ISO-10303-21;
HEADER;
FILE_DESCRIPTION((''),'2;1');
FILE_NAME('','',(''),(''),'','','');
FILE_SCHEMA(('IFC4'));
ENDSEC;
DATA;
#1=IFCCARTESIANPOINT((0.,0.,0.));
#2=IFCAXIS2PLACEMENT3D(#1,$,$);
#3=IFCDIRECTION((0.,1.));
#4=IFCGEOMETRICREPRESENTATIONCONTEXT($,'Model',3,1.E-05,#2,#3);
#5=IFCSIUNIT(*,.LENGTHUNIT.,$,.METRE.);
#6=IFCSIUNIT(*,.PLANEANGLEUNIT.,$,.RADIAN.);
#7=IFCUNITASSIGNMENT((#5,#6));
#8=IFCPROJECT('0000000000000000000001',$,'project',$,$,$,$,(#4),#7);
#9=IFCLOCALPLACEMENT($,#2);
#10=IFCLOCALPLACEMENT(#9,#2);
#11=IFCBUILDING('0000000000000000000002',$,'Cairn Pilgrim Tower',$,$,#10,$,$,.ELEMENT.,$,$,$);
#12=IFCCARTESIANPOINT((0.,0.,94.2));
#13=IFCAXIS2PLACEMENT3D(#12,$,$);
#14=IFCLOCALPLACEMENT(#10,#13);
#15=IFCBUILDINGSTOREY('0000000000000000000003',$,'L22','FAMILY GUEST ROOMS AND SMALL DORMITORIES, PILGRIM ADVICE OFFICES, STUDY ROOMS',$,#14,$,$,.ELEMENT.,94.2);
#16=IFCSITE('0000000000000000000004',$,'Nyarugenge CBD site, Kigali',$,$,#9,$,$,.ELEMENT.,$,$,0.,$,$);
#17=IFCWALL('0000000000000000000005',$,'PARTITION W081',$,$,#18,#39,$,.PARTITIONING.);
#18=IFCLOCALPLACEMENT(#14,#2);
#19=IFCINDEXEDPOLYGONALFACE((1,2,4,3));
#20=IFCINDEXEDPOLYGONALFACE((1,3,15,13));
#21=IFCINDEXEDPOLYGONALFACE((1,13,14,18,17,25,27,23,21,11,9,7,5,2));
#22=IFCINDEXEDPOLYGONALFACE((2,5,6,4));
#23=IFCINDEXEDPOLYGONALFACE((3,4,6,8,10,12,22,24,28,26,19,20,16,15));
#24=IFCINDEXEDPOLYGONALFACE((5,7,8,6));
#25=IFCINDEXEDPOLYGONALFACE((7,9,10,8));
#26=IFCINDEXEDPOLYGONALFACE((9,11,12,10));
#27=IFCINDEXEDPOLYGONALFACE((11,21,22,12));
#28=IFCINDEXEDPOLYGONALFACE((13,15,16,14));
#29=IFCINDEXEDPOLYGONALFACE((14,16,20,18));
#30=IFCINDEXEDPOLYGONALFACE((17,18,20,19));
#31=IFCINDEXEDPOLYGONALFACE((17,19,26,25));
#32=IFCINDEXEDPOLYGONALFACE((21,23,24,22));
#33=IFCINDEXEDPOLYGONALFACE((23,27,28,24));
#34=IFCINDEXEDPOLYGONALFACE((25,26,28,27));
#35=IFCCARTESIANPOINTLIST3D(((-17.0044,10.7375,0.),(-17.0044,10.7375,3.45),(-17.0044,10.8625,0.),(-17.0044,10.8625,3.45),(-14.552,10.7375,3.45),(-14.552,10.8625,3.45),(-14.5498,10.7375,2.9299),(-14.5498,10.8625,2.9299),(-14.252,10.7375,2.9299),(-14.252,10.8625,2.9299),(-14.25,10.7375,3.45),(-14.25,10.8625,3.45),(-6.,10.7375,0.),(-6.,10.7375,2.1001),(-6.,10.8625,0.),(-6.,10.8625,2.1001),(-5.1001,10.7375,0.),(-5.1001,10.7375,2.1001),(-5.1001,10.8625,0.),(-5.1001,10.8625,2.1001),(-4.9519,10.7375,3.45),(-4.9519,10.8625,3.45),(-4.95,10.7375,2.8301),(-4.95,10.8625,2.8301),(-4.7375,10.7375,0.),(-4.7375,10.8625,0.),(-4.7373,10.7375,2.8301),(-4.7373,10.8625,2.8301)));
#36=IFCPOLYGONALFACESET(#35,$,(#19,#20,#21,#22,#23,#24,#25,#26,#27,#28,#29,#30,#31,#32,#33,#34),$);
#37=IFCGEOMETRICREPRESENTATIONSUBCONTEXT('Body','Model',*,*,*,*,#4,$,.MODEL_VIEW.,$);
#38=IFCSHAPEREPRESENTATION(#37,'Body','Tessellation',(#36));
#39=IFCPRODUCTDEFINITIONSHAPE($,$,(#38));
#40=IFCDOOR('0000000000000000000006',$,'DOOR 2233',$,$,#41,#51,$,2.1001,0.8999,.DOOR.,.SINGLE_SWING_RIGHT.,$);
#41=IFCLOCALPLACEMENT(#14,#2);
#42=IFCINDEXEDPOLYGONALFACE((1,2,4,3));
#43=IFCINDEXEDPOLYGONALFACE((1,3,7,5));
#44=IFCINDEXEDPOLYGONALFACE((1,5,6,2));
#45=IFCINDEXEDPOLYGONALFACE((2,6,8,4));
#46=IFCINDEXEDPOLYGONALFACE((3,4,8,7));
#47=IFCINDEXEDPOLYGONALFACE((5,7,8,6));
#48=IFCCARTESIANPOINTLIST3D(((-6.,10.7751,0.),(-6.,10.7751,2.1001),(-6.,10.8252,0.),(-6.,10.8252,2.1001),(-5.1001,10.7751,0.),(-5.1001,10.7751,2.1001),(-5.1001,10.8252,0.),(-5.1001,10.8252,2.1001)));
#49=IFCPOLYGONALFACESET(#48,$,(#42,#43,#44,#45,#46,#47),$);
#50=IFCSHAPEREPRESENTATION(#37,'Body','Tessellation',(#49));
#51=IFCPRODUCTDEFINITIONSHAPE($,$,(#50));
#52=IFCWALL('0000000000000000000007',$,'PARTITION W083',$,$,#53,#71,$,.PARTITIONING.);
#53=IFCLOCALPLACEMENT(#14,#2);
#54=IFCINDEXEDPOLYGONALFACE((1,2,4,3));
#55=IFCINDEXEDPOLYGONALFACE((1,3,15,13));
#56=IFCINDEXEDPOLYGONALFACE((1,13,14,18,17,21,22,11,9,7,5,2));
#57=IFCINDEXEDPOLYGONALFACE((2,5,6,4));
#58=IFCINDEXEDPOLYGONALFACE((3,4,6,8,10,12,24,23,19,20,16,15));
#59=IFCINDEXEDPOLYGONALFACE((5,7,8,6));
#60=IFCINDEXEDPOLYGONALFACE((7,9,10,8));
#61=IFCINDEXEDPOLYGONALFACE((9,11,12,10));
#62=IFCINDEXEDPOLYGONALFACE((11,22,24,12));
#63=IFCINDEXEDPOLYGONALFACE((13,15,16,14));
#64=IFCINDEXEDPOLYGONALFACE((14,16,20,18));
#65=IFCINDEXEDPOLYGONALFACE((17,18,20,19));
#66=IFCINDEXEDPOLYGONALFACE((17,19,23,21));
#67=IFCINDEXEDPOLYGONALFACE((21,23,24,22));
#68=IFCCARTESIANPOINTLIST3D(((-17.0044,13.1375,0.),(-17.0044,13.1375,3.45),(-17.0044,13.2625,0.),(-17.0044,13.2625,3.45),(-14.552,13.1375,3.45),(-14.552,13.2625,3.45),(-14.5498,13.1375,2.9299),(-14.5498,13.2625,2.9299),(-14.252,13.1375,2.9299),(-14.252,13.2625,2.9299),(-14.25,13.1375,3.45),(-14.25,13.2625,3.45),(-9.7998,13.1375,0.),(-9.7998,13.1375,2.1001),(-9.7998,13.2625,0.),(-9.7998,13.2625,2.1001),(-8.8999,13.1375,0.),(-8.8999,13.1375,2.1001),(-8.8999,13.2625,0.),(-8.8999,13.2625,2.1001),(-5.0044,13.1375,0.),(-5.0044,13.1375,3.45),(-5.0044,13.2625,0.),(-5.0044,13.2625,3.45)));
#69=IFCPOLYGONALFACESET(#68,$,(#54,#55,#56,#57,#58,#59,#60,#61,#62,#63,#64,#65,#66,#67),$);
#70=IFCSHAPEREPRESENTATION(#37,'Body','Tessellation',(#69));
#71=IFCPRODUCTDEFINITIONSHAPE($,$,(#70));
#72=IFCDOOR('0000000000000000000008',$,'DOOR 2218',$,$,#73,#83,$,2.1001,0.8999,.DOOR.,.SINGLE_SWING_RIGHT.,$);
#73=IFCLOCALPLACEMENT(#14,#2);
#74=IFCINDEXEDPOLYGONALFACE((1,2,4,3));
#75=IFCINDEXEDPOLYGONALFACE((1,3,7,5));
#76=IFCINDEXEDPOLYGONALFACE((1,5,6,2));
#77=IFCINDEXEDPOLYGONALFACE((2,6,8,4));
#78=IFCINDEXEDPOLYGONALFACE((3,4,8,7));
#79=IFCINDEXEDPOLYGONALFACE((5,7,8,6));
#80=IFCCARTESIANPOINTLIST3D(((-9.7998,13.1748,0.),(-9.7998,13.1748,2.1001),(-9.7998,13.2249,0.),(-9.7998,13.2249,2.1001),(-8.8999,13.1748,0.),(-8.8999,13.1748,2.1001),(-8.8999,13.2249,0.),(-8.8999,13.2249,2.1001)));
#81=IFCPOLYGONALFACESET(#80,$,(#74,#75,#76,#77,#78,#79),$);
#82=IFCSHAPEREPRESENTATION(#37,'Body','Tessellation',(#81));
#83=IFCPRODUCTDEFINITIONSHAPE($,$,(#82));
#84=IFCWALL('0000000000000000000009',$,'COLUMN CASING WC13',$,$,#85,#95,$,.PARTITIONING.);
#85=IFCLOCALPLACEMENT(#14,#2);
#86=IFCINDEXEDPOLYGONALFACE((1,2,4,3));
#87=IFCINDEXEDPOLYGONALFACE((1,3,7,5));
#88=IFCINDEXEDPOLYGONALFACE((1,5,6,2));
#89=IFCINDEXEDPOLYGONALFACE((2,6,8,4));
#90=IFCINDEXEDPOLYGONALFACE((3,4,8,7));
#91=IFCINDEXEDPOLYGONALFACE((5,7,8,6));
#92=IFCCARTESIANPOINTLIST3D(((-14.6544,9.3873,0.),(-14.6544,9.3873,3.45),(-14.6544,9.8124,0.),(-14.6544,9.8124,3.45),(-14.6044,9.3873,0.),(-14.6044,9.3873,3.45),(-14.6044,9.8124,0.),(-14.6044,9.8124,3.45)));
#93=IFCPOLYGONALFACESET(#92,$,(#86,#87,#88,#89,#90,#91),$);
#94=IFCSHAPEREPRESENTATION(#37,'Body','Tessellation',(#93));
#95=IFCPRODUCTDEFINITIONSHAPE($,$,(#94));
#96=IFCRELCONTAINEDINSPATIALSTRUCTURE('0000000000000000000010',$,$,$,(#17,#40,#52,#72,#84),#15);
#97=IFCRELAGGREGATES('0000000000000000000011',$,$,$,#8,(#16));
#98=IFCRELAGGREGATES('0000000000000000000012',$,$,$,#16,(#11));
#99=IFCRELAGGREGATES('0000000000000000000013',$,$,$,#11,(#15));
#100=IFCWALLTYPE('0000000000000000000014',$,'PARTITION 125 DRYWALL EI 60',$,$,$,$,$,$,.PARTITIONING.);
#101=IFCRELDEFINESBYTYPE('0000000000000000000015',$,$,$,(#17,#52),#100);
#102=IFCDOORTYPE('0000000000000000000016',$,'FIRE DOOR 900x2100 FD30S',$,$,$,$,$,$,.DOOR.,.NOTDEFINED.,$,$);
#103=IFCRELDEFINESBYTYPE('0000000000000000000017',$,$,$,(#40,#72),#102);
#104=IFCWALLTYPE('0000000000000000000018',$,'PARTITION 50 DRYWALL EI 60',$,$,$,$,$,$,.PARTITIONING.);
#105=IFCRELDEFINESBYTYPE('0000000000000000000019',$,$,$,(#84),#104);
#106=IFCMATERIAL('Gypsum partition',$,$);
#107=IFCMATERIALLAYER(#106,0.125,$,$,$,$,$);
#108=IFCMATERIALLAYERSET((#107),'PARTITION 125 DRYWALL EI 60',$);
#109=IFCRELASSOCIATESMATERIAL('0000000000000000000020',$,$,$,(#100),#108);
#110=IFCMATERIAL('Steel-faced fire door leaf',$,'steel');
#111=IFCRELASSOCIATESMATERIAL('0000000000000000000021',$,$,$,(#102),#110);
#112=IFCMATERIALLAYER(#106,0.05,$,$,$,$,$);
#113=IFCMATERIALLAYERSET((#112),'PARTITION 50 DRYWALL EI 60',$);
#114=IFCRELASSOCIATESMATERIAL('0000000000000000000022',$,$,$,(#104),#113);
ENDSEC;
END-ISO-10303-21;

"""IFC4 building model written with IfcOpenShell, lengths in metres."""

from ifc_helpers import new_model, si_unit, direction, frame, frame_2d, origin, place, context, subcontext, project, spatial, polyline, rectangle, outline, extrude, material, layer, layer_set, type_object, element, fill, save


model = new_model("IFC4")

# Units and contexts
model_context = context("Model", 3, precision=1e-05, world=origin(), true_north=direction((0.0, 1.0)))
body_context = subcontext(model_context, "Body", "Model", "MODEL_VIEW")
ifc_project = project(units=[si_unit("LENGTHUNIT", "METRE"), si_unit("PLANEANGLEUNIT", "RADIAN")], contexts=[model_context])

# Site, building, storey
site_placement = place(None, origin())
site = spatial("IfcSite", under=ifc_project, at=site_placement, Name="Nyarugenge CBD site, Kigali", CompositionType="ELEMENT", RefElevation=0.0)
building_placement = place(site_placement, origin())
building = spatial("IfcBuilding", under=site, at=building_placement, Name="Cairn Pilgrim Tower", CompositionType="ELEMENT")
storey_placement = place(building_placement, frame((0.0, 0.0, 94.2)))
storey = spatial("IfcBuildingStorey", under=building, at=storey_placement, Name="L22", Description="FAMILY GUEST ROOMS AND SMALL DORMITORIES, PILGRIM ADVICE OFFICES, STUDY ROOMS", CompositionType="ELEMENT", Elevation=94.2)

# Shared definitions
ifc_material_1 = material(Name="Gypsum partition")

# Shared definitions
ifc_layer_1 = layer(ifc_material_1, 0.125)
ifc_layer_set_1 = layer_set([ifc_layer_1], Name="PARTITION 125 DRYWALL EI 60")
wall_type_1 = type_object("IfcWallType", Name="PARTITION 125 DRYWALL EI 60", PredefinedType="PARTITIONING", material=ifc_layer_set_1)
ifc_material_2 = material(Name="Steel-faced fire door leaf", Category="steel")
door_type_1 = type_object("IfcDoorType", Name="FIRE DOOR 900x2100 FD30S", OperationType="NOTDEFINED", PredefinedType="DOOR", material=ifc_material_2)

# Walls, openings, doors
wall_1_placement = place(storey_placement, frame((-17.0044, 10.8, 0.0), z_axis=(0.0, 0.0, 1.0), x_axis=(1.0, 0.0, 0.0)))
wall_1 = element("IfcWall", 1, at=wall_1_placement, inside=storey, type_object=wall_type_1, Name="PARTITION W081", PredefinedType="PARTITIONING", context=body_context, shape_type="SweptSolid", body=[
    extrude(outline(polyline([(0.0, 0.0), (12.2668, 0.0), (12.2671, 2.8301), (12.0544, 2.8301), (12.0525, 3.45), (2.7544, 3.45), (2.7524, 2.9299), (2.4546, 2.9299), (2.4524, 3.45), (0.0, 3.45), (0.0, 0.0)])), frame((0.0, 0.0625, 0.0), z_axis=(0.0, -1.0, 0.0), x_axis=(1.0, 0.0, 0.0)), (0.0, 0.0, 1.0), 0.125),
])
opening_1_placement = place(wall_1_placement, frame((11.0044, 0.0, 0.0)))
opening_1 = element("IfcOpeningElement", 2, at=opening_1_placement, cuts=wall_1, PredefinedType="OPENING", context=body_context, shape_type="SweptSolid", body=[
    extrude(rectangle(XDim=0.8999, YDim=2.1001, at=frame_2d((0.45, 1.05))), frame((0.0, 0.0725, 0.0), z_axis=(0.0, -1.0, 0.0), x_axis=(1.0, 0.0, 0.0)), (0.0, 0.0, 1.0), 0.145),
])
door_1_placement = place(opening_1_placement, frame((0.8999, 0.0, 0.0), z_axis=(0.0, 0.0, 1.0), x_axis=(-1.0, 0.0, 0.0)))
door_1 = element("IfcDoor", 3, at=door_1_placement, inside=storey, type_object=door_type_1, Name="DOOR 2233", OperationType="SINGLE_SWING_RIGHT", OverallHeight=2.1001, OverallWidth=0.8999, PredefinedType="DOOR", context=body_context, shape_type="SweptSolid", body=[
    extrude(rectangle(XDim=0.8999, YDim=2.1001, at=frame_2d((0.45, 1.05))), frame((0.0, 0.0249, 0.0), z_axis=(0.0, -1.0, 0.0), x_axis=(1.0, 0.0, 0.0)), (0.0, 0.0, 1.0), 0.05),
])
fill(opening_1, door_1)
wall_2_placement = place(storey_placement, frame((-17.0044, 13.2, 0.0), z_axis=(0.0, 0.0, 1.0), x_axis=(1.0, 0.0, 0.0)))
wall_2 = element("IfcWall", 4, at=wall_2_placement, inside=storey, type_object=wall_type_1, Name="PARTITION W083", PredefinedType="PARTITIONING", context=body_context, shape_type="SweptSolid", body=[
    extrude(outline(polyline([(0.0, 0.0), (12.0, 0.0), (12.0, 3.45), (2.7544, 3.45), (2.7524, 2.9299), (2.4546, 2.9299), (2.4524, 3.45), (0.0, 3.45), (0.0, 0.0)])), frame((0.0, 0.0625, 0.0), z_axis=(0.0, -1.0, 0.0), x_axis=(1.0, 0.0, 0.0)), (0.0, 0.0, 1.0), 0.125),
])
opening_2_placement = place(wall_2_placement, frame((7.2046, 0.0, 0.0)))
opening_2 = element("IfcOpeningElement", 5, at=opening_2_placement, cuts=wall_2, PredefinedType="OPENING", context=body_context, shape_type="SweptSolid", body=[
    extrude(rectangle(XDim=0.8999, YDim=2.1001, at=frame_2d((0.45, 1.05))), frame((0.0, 0.0725, 0.0), z_axis=(0.0, -1.0, 0.0), x_axis=(1.0, 0.0, 0.0)), (0.0, 0.0, 1.0), 0.145),
])
door_2_placement = place(opening_2_placement, origin())
door_2 = element("IfcDoor", 6, at=door_2_placement, inside=storey, type_object=door_type_1, Name="DOOR 2218", OperationType="SINGLE_SWING_RIGHT", OverallHeight=2.1001, OverallWidth=0.8999, PredefinedType="DOOR", context=body_context, shape_type="SweptSolid", body=[
    extrude(rectangle(XDim=0.8999, YDim=2.1001, at=frame_2d((0.45, 1.05))), frame((0.0, 0.0249, 0.0), z_axis=(0.0, -1.0, 0.0), x_axis=(1.0, 0.0, 0.0)), (0.0, 0.0, 1.0), 0.05),
])
fill(opening_2, door_2)

# Wall
ifc_layer_2 = layer(ifc_material_1, 0.05)
ifc_layer_set_2 = layer_set([ifc_layer_2], Name="PARTITION 50 DRYWALL EI 60")
wall_type_2 = type_object("IfcWallType", Name="PARTITION 50 DRYWALL EI 60", PredefinedType="PARTITIONING", material=ifc_layer_set_2)
wall_3_placement = place(storey_placement, frame((-14.6294, 9.3875, 0.0), z_axis=(0.0, 0.0, 1.0), x_axis=(0.0, 1.0, 0.0)))
element("IfcWall", 7, at=wall_3_placement, inside=storey, type_object=wall_type_2, Name="COLUMN CASING WC13", PredefinedType="PARTITIONING", context=body_context, shape_type="SweptSolid", body=[
    extrude(rectangle(XDim=0.425, YDim=0.05, at=frame_2d((0.2124, 0.0))), origin(), (0.0, 0.0, 1.0), 3.45),
])

save(model, "model.ifc")
